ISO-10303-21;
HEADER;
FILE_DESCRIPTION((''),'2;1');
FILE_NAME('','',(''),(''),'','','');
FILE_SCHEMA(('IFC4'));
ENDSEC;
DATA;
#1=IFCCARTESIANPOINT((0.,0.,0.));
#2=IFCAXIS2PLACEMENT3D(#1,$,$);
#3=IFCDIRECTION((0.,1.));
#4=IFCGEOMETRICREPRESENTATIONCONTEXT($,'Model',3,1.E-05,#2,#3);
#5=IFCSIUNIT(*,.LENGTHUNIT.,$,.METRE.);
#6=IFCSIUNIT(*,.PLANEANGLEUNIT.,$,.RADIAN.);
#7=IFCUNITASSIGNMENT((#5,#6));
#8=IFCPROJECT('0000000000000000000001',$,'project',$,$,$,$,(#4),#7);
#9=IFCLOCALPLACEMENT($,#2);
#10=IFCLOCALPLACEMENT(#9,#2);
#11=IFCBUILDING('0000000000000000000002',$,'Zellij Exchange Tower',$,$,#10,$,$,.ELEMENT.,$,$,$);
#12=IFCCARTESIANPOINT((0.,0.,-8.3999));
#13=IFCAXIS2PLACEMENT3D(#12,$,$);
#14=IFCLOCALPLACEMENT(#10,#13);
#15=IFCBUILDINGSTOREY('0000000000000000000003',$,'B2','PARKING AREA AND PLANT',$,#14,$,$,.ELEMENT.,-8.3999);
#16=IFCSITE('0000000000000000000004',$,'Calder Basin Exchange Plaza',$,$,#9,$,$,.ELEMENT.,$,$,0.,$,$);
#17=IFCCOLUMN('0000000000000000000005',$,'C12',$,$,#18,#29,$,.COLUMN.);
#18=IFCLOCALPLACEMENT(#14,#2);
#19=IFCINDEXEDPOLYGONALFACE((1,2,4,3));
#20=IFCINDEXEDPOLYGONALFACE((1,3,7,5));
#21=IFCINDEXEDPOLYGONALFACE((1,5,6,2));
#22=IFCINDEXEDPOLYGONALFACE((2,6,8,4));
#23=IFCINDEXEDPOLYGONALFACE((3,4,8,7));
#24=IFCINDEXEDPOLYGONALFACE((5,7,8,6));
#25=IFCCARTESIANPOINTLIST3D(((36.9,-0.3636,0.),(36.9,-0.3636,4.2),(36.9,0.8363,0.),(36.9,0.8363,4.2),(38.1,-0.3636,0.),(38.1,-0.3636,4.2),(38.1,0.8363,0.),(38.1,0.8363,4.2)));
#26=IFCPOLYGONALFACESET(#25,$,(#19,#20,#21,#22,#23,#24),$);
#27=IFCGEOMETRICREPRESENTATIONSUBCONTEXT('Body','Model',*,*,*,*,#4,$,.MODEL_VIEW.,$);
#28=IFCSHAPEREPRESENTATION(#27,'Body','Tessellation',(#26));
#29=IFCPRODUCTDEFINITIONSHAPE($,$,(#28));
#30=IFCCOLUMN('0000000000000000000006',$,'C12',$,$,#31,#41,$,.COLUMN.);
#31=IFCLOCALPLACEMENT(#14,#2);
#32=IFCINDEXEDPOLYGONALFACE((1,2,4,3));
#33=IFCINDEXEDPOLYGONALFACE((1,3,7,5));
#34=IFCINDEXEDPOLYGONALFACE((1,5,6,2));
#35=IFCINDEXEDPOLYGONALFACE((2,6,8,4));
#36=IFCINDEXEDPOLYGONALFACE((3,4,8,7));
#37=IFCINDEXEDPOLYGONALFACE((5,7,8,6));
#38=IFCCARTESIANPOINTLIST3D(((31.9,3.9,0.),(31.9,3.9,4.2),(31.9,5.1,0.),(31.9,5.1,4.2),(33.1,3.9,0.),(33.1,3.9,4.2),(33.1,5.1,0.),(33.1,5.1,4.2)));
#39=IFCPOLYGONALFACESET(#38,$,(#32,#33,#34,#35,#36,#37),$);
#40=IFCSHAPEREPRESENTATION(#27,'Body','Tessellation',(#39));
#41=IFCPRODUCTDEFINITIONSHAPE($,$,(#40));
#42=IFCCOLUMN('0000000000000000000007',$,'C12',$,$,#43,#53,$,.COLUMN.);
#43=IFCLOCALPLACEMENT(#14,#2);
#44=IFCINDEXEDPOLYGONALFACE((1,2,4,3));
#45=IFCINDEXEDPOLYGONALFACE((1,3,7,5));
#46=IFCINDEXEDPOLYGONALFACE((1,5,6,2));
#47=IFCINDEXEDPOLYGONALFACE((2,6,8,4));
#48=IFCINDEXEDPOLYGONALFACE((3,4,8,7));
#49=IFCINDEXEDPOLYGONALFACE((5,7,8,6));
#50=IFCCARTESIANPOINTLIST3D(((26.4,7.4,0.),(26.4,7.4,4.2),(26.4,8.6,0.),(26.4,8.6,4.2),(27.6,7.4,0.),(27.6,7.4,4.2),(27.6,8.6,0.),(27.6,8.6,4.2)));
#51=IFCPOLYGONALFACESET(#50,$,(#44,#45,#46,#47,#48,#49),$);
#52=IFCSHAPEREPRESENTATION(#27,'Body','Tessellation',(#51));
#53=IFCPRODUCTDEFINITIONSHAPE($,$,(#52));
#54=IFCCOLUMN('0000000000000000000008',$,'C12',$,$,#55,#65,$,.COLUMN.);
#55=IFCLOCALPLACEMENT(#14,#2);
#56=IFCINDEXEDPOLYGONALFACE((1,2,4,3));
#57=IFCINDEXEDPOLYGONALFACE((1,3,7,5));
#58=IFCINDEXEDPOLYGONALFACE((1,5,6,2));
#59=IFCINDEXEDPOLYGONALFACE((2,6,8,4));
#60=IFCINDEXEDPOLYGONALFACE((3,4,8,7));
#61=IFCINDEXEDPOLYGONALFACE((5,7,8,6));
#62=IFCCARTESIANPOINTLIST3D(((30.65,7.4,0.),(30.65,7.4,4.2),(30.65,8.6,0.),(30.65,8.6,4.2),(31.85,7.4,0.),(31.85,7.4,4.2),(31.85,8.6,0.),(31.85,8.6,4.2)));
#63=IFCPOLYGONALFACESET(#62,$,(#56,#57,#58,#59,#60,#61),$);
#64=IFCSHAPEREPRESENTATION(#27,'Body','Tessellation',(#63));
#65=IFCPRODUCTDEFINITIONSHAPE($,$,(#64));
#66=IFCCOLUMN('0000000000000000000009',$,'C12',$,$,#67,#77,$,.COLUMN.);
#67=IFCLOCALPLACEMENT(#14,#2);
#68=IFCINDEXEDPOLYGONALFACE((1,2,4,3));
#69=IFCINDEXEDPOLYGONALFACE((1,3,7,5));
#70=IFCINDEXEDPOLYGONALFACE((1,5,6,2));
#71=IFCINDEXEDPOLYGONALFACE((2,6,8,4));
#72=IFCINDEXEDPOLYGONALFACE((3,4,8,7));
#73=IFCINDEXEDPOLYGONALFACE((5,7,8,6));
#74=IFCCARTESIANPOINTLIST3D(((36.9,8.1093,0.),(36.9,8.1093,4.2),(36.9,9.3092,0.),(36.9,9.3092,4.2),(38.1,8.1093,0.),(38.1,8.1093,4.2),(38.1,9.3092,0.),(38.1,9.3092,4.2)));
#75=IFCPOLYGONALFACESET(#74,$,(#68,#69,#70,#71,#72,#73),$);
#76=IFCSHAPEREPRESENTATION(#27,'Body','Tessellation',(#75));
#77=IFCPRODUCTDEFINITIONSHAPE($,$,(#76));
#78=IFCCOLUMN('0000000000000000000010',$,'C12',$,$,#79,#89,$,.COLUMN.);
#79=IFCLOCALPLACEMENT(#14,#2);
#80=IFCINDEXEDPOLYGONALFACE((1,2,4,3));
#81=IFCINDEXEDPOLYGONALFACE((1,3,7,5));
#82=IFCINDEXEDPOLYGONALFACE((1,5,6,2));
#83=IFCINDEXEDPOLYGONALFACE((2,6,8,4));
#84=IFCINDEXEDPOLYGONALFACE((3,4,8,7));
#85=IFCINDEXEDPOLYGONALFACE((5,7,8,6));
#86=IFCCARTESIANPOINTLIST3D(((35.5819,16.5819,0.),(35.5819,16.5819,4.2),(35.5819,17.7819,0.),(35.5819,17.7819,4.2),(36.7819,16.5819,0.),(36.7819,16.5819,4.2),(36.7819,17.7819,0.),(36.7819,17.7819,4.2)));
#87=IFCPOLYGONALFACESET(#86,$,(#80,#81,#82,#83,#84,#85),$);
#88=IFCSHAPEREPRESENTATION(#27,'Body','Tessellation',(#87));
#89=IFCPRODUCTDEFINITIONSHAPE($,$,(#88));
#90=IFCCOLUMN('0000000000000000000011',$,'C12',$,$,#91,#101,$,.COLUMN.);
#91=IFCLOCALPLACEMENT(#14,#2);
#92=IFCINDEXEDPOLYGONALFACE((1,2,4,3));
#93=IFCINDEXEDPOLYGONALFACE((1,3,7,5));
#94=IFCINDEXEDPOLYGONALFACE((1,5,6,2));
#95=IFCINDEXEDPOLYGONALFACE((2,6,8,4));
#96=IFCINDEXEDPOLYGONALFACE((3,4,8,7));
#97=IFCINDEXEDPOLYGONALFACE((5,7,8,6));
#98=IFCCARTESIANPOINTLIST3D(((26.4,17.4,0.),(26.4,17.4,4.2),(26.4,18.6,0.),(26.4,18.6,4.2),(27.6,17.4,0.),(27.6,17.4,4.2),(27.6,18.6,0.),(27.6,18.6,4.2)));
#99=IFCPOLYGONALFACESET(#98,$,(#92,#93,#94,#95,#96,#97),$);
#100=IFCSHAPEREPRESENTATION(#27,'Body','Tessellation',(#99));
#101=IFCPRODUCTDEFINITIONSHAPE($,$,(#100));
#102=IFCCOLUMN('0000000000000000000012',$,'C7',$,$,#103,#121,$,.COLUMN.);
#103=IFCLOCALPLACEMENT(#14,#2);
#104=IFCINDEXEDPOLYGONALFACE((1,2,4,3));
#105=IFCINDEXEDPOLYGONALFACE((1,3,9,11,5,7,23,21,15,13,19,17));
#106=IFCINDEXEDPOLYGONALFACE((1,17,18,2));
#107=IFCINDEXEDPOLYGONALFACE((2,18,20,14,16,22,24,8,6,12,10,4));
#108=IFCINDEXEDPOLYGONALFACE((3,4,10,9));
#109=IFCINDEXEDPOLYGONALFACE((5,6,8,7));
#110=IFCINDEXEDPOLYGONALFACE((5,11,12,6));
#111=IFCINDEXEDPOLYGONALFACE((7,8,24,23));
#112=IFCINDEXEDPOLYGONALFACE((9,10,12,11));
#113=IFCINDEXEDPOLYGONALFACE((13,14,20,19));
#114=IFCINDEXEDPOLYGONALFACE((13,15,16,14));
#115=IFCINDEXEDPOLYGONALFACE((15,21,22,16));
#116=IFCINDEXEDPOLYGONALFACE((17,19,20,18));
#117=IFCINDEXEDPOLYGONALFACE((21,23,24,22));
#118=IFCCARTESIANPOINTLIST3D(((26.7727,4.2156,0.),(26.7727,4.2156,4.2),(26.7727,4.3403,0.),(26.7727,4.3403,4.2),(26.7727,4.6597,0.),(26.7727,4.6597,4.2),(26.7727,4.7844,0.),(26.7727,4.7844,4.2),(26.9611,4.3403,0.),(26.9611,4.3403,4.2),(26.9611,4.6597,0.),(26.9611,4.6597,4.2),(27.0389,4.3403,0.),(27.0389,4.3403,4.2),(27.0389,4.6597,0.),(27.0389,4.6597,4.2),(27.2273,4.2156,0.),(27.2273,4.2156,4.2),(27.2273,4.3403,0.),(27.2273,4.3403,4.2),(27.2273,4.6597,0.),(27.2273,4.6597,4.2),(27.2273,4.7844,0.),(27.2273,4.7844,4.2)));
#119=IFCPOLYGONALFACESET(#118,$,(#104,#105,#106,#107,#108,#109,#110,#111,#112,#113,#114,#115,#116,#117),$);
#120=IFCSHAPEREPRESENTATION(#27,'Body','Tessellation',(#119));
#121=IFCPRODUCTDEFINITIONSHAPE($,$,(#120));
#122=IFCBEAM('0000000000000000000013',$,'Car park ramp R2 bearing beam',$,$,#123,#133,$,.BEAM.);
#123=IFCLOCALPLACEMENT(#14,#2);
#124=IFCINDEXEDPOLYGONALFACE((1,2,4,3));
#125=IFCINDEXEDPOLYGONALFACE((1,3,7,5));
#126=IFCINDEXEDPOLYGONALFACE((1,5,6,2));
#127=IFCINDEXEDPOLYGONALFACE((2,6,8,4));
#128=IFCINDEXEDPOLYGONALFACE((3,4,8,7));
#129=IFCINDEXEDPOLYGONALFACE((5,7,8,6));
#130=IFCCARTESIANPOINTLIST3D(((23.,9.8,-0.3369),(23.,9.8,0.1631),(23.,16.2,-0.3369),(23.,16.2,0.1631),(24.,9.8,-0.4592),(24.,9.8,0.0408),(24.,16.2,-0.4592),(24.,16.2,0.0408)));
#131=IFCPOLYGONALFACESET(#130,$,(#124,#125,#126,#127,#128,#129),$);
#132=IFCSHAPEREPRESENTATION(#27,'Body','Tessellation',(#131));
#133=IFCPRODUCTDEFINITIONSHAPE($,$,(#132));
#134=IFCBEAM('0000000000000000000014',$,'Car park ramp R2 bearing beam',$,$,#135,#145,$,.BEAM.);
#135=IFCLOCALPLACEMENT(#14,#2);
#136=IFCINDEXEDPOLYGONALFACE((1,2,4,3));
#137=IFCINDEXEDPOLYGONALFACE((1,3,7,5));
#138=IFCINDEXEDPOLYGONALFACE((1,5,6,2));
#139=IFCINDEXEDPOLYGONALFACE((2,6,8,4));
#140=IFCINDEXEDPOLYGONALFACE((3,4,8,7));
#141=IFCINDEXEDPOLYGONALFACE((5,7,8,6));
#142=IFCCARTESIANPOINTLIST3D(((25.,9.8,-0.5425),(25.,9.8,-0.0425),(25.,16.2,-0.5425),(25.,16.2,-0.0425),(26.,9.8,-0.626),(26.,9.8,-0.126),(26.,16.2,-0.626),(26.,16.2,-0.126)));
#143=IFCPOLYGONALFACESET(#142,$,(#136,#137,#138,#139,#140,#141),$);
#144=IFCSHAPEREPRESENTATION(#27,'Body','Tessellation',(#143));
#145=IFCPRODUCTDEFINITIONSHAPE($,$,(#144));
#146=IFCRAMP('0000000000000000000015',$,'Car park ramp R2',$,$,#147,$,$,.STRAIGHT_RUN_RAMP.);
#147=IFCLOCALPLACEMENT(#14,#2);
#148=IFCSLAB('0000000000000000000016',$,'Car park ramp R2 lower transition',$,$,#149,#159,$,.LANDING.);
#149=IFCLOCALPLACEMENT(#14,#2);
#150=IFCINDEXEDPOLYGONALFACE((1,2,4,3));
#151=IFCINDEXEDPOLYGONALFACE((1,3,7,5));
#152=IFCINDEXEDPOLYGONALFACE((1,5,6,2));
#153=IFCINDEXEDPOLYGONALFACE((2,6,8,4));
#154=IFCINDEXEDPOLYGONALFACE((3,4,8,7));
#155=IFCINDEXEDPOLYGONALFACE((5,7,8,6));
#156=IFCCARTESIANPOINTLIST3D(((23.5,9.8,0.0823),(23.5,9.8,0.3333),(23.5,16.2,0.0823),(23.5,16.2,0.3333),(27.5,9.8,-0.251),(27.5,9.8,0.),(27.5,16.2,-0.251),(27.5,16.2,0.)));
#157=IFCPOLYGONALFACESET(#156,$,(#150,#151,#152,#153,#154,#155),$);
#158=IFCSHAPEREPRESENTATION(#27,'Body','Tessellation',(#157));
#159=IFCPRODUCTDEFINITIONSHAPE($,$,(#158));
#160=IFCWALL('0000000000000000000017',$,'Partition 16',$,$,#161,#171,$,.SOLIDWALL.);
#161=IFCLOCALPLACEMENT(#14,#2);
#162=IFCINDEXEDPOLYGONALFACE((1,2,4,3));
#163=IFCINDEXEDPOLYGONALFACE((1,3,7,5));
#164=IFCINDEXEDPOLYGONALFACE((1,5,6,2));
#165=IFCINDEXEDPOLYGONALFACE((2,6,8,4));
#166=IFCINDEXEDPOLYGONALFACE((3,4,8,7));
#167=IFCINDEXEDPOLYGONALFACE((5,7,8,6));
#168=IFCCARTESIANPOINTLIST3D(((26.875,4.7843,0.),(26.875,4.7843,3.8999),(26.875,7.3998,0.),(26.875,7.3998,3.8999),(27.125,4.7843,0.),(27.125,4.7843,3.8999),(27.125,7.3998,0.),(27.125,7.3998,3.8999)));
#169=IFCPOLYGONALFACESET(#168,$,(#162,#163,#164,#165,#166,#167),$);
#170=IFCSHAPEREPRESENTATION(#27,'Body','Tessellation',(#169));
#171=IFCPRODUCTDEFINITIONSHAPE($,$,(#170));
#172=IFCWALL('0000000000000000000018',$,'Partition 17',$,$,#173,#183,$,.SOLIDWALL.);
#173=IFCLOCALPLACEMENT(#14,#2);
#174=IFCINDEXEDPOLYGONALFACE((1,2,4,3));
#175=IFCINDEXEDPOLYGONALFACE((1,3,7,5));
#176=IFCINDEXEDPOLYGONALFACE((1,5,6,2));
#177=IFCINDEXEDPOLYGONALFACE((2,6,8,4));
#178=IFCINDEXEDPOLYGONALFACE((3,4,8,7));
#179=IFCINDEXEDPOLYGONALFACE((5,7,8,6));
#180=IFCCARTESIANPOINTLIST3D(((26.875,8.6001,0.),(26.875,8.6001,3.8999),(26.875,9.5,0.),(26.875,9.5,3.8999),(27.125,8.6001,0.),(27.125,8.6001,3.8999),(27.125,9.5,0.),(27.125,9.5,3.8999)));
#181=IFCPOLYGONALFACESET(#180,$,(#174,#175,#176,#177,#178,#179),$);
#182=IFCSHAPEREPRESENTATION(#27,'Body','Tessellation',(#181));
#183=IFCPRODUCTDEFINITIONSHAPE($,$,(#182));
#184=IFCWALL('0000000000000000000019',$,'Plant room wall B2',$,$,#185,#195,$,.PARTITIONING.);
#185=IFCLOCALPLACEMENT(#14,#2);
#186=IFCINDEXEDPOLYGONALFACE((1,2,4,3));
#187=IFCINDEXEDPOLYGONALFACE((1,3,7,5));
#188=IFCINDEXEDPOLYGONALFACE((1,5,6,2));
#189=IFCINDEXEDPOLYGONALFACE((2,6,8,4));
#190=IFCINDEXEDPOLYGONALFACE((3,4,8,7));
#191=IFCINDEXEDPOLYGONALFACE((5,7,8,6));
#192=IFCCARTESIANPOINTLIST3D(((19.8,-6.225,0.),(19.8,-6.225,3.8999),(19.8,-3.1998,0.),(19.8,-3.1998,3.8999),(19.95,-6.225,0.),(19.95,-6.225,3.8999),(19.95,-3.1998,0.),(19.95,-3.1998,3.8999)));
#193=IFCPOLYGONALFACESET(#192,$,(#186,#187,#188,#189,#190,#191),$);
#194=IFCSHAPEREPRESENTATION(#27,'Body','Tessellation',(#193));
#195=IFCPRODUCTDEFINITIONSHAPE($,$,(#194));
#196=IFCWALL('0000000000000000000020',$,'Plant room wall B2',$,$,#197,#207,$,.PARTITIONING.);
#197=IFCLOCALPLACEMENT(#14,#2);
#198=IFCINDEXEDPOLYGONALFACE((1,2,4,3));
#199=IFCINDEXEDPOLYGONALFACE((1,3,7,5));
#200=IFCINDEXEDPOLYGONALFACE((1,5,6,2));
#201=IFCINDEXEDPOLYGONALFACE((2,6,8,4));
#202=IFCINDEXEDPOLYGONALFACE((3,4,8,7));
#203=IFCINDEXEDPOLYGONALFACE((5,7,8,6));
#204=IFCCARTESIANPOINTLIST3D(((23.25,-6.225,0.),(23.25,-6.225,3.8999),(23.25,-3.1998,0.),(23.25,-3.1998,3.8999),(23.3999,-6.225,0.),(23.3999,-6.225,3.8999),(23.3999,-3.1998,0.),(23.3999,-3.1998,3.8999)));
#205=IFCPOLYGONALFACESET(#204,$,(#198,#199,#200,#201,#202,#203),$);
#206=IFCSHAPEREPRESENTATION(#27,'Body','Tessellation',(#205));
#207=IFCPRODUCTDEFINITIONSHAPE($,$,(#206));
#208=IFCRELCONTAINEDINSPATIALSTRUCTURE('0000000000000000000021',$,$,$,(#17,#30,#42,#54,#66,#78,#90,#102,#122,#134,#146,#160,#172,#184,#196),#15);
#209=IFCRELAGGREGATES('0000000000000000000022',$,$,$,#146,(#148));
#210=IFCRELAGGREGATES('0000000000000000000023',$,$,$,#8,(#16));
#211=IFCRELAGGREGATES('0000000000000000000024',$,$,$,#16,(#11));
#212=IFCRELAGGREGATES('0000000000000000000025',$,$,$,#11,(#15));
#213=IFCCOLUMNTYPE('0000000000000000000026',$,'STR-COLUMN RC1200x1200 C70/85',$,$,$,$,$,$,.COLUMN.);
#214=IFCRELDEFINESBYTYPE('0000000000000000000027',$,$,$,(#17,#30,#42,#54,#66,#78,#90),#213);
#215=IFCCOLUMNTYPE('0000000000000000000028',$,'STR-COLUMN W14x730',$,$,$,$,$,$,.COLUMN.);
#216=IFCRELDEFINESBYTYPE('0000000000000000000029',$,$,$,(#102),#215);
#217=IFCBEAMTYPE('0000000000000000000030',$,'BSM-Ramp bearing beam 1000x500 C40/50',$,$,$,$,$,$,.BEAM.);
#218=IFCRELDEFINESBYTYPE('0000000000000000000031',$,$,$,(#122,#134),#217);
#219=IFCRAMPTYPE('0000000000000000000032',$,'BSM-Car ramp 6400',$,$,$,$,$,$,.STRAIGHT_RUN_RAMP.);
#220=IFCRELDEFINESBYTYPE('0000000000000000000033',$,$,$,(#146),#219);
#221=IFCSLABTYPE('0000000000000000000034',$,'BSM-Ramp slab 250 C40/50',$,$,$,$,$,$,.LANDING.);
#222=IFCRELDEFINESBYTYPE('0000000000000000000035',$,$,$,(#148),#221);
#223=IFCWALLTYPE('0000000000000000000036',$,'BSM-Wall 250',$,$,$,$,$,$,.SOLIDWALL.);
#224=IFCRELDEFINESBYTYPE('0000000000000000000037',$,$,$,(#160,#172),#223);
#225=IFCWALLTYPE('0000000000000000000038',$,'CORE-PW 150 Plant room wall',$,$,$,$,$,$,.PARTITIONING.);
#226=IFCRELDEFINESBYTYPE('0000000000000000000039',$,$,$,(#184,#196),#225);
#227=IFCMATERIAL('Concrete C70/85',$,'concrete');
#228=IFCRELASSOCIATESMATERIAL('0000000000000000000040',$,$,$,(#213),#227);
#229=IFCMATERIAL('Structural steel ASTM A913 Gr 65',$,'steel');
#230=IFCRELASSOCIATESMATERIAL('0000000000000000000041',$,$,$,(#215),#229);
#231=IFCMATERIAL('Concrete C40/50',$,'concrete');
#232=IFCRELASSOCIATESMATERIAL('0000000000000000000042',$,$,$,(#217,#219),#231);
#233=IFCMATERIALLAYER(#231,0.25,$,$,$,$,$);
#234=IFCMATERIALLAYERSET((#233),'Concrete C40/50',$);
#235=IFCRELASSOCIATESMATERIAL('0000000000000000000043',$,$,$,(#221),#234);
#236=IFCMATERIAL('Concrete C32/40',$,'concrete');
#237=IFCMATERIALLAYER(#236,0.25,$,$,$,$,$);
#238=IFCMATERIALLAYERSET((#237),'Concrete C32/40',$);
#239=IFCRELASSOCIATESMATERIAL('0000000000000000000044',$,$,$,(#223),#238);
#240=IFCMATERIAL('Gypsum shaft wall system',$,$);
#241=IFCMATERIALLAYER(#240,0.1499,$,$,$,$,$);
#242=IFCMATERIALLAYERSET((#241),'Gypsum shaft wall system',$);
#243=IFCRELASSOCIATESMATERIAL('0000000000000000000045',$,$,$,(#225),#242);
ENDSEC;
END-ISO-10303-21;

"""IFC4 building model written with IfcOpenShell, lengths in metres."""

from ifc_helpers import new_model, si_unit, direction, frame, frame_2d, origin, origin_2d, place, context, subcontext, project, spatial, polyline, rectangle, i_section, outline, extrude, material, layer, layer_set, material_profile, profile_set, type_object, element, aggregate, save


model = new_model("IFC4")

# Units and contexts
model_context = context("Model", 3, precision=1e-05, world=origin(), true_north=direction((0.0, 1.0)))
body_context = subcontext(model_context, "Body", "Model", "MODEL_VIEW")
ifc_project = project(units=[si_unit("LENGTHUNIT", "METRE"), si_unit("PLANEANGLEUNIT", "RADIAN")], contexts=[model_context])

# Site, building, storey
site_placement = place(None, origin())
site = spatial("IfcSite", under=ifc_project, at=site_placement, Name="Calder Basin Exchange Plaza", CompositionType="ELEMENT", RefElevation=0.0)
building_placement = place(site_placement, origin())
building = spatial("IfcBuilding", under=site, at=building_placement, Name="Zellij Exchange Tower", CompositionType="ELEMENT")
storey_placement = place(building_placement, frame((0.0, 0.0, -8.3999)))
storey = spatial("IfcBuildingStorey", under=building, at=storey_placement, Name="B2", Description="PARKING AREA AND PLANT", CompositionType="ELEMENT", Elevation=-8.3999)

# Columns
ifc_material_1 = material(Name="Concrete C70/85", Category="concrete")
ifc_material_profile_1 = material_profile(ifc_material_1, rectangle(XDim=1.2, YDim=1.2, at=origin_2d()), Name="STR-COLUMN RC1200x1200 C70/85")
ifc_profile_set_1 = profile_set([ifc_material_profile_1], Name="Concrete C70/85")
column_type_1 = type_object("IfcColumnType", Name="STR-COLUMN RC1200x1200 C70/85", PredefinedType="COLUMN", material=ifc_profile_set_1)
for number, where, z_axis, x_axis, name in (
    (1, (37.5, 0.2363, 0.0), (0.0, 0.0, 1.0), (1.0, 0.0, 0.0), "C12"),
    (2, (32.5, 4.5, 0.0), (0.0, 0.0, 1.0), (1.0, 0.0, 0.0), "C12"),
    (3, (27.0, 8.0, 0.0), (0.0, 0.0, 1.0), (1.0, 0.0, 0.0), "C12"),
    (4, (31.25, 8.0, 0.0), (0.0, 0.0, 1.0), (1.0, 0.0, 0.0), "C12"),
    (5, (37.5, 8.7092, 0.0), (0.0, 0.0, 1.0), (1.0, 0.0, 0.0), "C12"),
    (6, (36.1819, 17.1819, 0.0), (0.0, 0.0, 1.0), (1.0, 0.0, 0.0), "C12"),
    (7, (27.0, 18.0, 0.0), (0.0, 0.0, 1.0), (1.0, 0.0, 0.0), "C12"),
):
    element("IfcColumn", number, at=place(storey_placement, frame(where, z_axis=z_axis, x_axis=x_axis)), inside=storey, type_object=column_type_1, Name=name, PredefinedType="COLUMN", context=body_context, shape_type="SweptSolid", body=[
        extrude(rectangle(XDim=1.2, YDim=1.2, at=origin_2d()), origin(), (0.0, 0.0, 1.0), 4.2),
    ])
ifc_material_2 = material(Name="Structural steel ASTM A913 Gr 65", Category="steel")
ifc_material_profile_2 = material_profile(ifc_material_2, i_section(OverallWidth=0.4546, OverallDepth=0.5688, WebThickness=0.0779, FlangeThickness=0.1248, at=origin_2d()), Name="W14x730")
ifc_profile_set_2 = profile_set([ifc_material_profile_2], Name="Structural steel ASTM A913 Gr 65")
column_type_2 = type_object("IfcColumnType", Name="STR-COLUMN W14x730", PredefinedType="COLUMN", material=ifc_profile_set_2)
column_placement = place(storey_placement, frame((27.0, 4.5, 0.0), z_axis=(0.0, 0.0, 1.0), x_axis=(1.0, 0.0, 0.0)))
element("IfcColumn", 8, at=column_placement, inside=storey, type_object=column_type_2, Name="C7", PredefinedType="COLUMN", context=body_context, shape_type="SweptSolid", body=[
    extrude(i_section(OverallWidth=0.4546, OverallDepth=0.5688, WebThickness=0.0779, FlangeThickness=0.1248, at=origin_2d()), origin(), (0.0, 0.0, 1.0), 4.2),
])

# Beams
ifc_material_3 = material(Name="Concrete C40/50", Category="concrete")
beam_type = type_object("IfcBeamType", Name="BSM-Ramp bearing beam 1000x500 C40/50", PredefinedType="BEAM", material=ifc_material_3)
beam_1_placement = place(storey_placement, frame((23.0, 9.8, 0.1631), z_axis=(0.12141, 0.0, 0.992602), x_axis=(0.992602, 0.0, -0.12141)))
element("IfcBeam", 9, at=beam_1_placement, inside=storey, type_object=beam_type, Name="Car park ramp R2 bearing beam", PredefinedType="BEAM", context=body_context, shape_type="SweptSolid", body=[
    extrude(outline(polyline([(0.0, 0.0), (1.0075, 0.0), (1.0075, 6.3999), (0.0, 6.3999), (0.0, 0.0)])), origin(), (0.12141, 0.0, -0.992602), 0.5),
])
beam_2_placement = place(storey_placement, frame((25.0, 9.8, -0.0425), z_axis=(0.083207, 0.0, 0.996532), x_axis=(0.996532, 0.0, -0.083207)))
element("IfcBeam", 10, at=beam_2_placement, inside=storey, type_object=beam_type, Name="Car park ramp R2 bearing beam", PredefinedType="BEAM", context=body_context, shape_type="SweptSolid", body=[
    extrude(outline(polyline([(0.0, 0.0), (1.0035, 0.0), (1.0035, 6.3999), (0.0, 6.3999), (0.0, 0.0)])), origin(), (0.083207, 0.0, -0.996532), 0.5),
])

# Ramp, slab
ramp_type = type_object("IfcRampType", Name="BSM-Car ramp 6400", PredefinedType="STRAIGHT_RUN_RAMP", material=ifc_material_3)
ramp_placement = place(storey_placement, origin())
ramp = element("IfcRamp", 11, at=ramp_placement, inside=storey, type_object=ramp_type, Name="Car park ramp R2", PredefinedType="STRAIGHT_RUN_RAMP")
ifc_layer_1 = layer(ifc_material_3, 0.25)
ifc_layer_set_1 = layer_set([ifc_layer_1], Name="Concrete C40/50")
slab_type = type_object("IfcSlabType", Name="BSM-Ramp slab 250 C40/50", PredefinedType="LANDING", material=ifc_layer_set_1)
slab_placement = place(storey_placement, frame((23.5, 9.8, 0.3333), z_axis=(0.083025, 0.0, 0.996547), x_axis=(0.996547, 0.0, -0.083025)))
slab = element("IfcSlab", 12, at=slab_placement, type_object=slab_type, Name="Car park ramp R2 lower transition", PredefinedType="LANDING", context=body_context, shape_type="SweptSolid", body=[
    extrude(outline(polyline([(0.0, 0.0), (4.0139, 0.0), (4.0139, 6.3999), (0.0, 6.3999), (0.0, 0.0)])), origin(), (0.083025, 0.0, -0.996547), 0.251),
])
aggregate(ramp, [slab])

# Walls
ifc_material_4 = material(Name="Concrete C32/40", Category="concrete")
ifc_layer_2 = layer(ifc_material_4, 0.25)
ifc_layer_set_2 = layer_set([ifc_layer_2], Name="Concrete C32/40")
wall_type_1 = type_object("IfcWallType", Name="BSM-Wall 250", PredefinedType="SOLIDWALL", material=ifc_layer_set_2)
wall_1_placement = place(storey_placement, frame((27.0, 4.7844, 0.0), z_axis=(0.0, 0.0, 1.0), x_axis=(0.0, 1.0, 0.0)))
element("IfcWall", 13, at=wall_1_placement, inside=storey, type_object=wall_type_1, Name="Partition 16", PredefinedType="SOLIDWALL", context=body_context, shape_type="SweptSolid", body=[
    extrude(rectangle(XDim=2.6155, YDim=0.25, at=frame_2d((1.3076, 0.0))), origin(), (0.0, 0.0, 1.0), 3.8999),
])
wall_2_placement = place(storey_placement, frame((27.0, 8.6001, 0.0), z_axis=(0.0, 0.0, 1.0), x_axis=(0.0, 1.0, 0.0)))
element("IfcWall", 14, at=wall_2_placement, inside=storey, type_object=wall_type_1, Name="Partition 17", PredefinedType="SOLIDWALL", context=body_context, shape_type="SweptSolid", body=[
    extrude(rectangle(XDim=0.8999, YDim=0.25, at=frame_2d((0.45, 0.0))), origin(), (0.0, 0.0, 1.0), 3.8999),
])
ifc_material_5 = material(Name="Gypsum shaft wall system")
ifc_layer_3 = layer(ifc_material_5, 0.1499)
ifc_layer_set_3 = layer_set([ifc_layer_3], Name="Gypsum shaft wall system")
wall_type_2 = type_object("IfcWallType", Name="CORE-PW 150 Plant room wall", PredefinedType="PARTITIONING", material=ifc_layer_set_3)
for number, where, z_axis, x_axis, name in (
    (15, (19.875, -6.2251, 0.0), (0.0, 0.0, 1.0), (0.0, 1.0, 0.0), "Plant room wall B2"),
    (16, (23.325, -6.2251, 0.0), (0.0, 0.0, 1.0), (0.0, 1.0, 0.0), "Plant room wall B2"),
):
    element("IfcWall", number, at=place(storey_placement, frame(where, z_axis=z_axis, x_axis=x_axis)), inside=storey, type_object=wall_type_2, Name=name, PredefinedType="PARTITIONING", context=body_context, shape_type="SweptSolid", body=[
        extrude(rectangle(XDim=3.0251, YDim=0.1499, at=frame_2d((1.5127, 0.0))), origin(), (0.0, 0.0, 1.0), 3.8999),
    ])

save(model, "model.ifc")
